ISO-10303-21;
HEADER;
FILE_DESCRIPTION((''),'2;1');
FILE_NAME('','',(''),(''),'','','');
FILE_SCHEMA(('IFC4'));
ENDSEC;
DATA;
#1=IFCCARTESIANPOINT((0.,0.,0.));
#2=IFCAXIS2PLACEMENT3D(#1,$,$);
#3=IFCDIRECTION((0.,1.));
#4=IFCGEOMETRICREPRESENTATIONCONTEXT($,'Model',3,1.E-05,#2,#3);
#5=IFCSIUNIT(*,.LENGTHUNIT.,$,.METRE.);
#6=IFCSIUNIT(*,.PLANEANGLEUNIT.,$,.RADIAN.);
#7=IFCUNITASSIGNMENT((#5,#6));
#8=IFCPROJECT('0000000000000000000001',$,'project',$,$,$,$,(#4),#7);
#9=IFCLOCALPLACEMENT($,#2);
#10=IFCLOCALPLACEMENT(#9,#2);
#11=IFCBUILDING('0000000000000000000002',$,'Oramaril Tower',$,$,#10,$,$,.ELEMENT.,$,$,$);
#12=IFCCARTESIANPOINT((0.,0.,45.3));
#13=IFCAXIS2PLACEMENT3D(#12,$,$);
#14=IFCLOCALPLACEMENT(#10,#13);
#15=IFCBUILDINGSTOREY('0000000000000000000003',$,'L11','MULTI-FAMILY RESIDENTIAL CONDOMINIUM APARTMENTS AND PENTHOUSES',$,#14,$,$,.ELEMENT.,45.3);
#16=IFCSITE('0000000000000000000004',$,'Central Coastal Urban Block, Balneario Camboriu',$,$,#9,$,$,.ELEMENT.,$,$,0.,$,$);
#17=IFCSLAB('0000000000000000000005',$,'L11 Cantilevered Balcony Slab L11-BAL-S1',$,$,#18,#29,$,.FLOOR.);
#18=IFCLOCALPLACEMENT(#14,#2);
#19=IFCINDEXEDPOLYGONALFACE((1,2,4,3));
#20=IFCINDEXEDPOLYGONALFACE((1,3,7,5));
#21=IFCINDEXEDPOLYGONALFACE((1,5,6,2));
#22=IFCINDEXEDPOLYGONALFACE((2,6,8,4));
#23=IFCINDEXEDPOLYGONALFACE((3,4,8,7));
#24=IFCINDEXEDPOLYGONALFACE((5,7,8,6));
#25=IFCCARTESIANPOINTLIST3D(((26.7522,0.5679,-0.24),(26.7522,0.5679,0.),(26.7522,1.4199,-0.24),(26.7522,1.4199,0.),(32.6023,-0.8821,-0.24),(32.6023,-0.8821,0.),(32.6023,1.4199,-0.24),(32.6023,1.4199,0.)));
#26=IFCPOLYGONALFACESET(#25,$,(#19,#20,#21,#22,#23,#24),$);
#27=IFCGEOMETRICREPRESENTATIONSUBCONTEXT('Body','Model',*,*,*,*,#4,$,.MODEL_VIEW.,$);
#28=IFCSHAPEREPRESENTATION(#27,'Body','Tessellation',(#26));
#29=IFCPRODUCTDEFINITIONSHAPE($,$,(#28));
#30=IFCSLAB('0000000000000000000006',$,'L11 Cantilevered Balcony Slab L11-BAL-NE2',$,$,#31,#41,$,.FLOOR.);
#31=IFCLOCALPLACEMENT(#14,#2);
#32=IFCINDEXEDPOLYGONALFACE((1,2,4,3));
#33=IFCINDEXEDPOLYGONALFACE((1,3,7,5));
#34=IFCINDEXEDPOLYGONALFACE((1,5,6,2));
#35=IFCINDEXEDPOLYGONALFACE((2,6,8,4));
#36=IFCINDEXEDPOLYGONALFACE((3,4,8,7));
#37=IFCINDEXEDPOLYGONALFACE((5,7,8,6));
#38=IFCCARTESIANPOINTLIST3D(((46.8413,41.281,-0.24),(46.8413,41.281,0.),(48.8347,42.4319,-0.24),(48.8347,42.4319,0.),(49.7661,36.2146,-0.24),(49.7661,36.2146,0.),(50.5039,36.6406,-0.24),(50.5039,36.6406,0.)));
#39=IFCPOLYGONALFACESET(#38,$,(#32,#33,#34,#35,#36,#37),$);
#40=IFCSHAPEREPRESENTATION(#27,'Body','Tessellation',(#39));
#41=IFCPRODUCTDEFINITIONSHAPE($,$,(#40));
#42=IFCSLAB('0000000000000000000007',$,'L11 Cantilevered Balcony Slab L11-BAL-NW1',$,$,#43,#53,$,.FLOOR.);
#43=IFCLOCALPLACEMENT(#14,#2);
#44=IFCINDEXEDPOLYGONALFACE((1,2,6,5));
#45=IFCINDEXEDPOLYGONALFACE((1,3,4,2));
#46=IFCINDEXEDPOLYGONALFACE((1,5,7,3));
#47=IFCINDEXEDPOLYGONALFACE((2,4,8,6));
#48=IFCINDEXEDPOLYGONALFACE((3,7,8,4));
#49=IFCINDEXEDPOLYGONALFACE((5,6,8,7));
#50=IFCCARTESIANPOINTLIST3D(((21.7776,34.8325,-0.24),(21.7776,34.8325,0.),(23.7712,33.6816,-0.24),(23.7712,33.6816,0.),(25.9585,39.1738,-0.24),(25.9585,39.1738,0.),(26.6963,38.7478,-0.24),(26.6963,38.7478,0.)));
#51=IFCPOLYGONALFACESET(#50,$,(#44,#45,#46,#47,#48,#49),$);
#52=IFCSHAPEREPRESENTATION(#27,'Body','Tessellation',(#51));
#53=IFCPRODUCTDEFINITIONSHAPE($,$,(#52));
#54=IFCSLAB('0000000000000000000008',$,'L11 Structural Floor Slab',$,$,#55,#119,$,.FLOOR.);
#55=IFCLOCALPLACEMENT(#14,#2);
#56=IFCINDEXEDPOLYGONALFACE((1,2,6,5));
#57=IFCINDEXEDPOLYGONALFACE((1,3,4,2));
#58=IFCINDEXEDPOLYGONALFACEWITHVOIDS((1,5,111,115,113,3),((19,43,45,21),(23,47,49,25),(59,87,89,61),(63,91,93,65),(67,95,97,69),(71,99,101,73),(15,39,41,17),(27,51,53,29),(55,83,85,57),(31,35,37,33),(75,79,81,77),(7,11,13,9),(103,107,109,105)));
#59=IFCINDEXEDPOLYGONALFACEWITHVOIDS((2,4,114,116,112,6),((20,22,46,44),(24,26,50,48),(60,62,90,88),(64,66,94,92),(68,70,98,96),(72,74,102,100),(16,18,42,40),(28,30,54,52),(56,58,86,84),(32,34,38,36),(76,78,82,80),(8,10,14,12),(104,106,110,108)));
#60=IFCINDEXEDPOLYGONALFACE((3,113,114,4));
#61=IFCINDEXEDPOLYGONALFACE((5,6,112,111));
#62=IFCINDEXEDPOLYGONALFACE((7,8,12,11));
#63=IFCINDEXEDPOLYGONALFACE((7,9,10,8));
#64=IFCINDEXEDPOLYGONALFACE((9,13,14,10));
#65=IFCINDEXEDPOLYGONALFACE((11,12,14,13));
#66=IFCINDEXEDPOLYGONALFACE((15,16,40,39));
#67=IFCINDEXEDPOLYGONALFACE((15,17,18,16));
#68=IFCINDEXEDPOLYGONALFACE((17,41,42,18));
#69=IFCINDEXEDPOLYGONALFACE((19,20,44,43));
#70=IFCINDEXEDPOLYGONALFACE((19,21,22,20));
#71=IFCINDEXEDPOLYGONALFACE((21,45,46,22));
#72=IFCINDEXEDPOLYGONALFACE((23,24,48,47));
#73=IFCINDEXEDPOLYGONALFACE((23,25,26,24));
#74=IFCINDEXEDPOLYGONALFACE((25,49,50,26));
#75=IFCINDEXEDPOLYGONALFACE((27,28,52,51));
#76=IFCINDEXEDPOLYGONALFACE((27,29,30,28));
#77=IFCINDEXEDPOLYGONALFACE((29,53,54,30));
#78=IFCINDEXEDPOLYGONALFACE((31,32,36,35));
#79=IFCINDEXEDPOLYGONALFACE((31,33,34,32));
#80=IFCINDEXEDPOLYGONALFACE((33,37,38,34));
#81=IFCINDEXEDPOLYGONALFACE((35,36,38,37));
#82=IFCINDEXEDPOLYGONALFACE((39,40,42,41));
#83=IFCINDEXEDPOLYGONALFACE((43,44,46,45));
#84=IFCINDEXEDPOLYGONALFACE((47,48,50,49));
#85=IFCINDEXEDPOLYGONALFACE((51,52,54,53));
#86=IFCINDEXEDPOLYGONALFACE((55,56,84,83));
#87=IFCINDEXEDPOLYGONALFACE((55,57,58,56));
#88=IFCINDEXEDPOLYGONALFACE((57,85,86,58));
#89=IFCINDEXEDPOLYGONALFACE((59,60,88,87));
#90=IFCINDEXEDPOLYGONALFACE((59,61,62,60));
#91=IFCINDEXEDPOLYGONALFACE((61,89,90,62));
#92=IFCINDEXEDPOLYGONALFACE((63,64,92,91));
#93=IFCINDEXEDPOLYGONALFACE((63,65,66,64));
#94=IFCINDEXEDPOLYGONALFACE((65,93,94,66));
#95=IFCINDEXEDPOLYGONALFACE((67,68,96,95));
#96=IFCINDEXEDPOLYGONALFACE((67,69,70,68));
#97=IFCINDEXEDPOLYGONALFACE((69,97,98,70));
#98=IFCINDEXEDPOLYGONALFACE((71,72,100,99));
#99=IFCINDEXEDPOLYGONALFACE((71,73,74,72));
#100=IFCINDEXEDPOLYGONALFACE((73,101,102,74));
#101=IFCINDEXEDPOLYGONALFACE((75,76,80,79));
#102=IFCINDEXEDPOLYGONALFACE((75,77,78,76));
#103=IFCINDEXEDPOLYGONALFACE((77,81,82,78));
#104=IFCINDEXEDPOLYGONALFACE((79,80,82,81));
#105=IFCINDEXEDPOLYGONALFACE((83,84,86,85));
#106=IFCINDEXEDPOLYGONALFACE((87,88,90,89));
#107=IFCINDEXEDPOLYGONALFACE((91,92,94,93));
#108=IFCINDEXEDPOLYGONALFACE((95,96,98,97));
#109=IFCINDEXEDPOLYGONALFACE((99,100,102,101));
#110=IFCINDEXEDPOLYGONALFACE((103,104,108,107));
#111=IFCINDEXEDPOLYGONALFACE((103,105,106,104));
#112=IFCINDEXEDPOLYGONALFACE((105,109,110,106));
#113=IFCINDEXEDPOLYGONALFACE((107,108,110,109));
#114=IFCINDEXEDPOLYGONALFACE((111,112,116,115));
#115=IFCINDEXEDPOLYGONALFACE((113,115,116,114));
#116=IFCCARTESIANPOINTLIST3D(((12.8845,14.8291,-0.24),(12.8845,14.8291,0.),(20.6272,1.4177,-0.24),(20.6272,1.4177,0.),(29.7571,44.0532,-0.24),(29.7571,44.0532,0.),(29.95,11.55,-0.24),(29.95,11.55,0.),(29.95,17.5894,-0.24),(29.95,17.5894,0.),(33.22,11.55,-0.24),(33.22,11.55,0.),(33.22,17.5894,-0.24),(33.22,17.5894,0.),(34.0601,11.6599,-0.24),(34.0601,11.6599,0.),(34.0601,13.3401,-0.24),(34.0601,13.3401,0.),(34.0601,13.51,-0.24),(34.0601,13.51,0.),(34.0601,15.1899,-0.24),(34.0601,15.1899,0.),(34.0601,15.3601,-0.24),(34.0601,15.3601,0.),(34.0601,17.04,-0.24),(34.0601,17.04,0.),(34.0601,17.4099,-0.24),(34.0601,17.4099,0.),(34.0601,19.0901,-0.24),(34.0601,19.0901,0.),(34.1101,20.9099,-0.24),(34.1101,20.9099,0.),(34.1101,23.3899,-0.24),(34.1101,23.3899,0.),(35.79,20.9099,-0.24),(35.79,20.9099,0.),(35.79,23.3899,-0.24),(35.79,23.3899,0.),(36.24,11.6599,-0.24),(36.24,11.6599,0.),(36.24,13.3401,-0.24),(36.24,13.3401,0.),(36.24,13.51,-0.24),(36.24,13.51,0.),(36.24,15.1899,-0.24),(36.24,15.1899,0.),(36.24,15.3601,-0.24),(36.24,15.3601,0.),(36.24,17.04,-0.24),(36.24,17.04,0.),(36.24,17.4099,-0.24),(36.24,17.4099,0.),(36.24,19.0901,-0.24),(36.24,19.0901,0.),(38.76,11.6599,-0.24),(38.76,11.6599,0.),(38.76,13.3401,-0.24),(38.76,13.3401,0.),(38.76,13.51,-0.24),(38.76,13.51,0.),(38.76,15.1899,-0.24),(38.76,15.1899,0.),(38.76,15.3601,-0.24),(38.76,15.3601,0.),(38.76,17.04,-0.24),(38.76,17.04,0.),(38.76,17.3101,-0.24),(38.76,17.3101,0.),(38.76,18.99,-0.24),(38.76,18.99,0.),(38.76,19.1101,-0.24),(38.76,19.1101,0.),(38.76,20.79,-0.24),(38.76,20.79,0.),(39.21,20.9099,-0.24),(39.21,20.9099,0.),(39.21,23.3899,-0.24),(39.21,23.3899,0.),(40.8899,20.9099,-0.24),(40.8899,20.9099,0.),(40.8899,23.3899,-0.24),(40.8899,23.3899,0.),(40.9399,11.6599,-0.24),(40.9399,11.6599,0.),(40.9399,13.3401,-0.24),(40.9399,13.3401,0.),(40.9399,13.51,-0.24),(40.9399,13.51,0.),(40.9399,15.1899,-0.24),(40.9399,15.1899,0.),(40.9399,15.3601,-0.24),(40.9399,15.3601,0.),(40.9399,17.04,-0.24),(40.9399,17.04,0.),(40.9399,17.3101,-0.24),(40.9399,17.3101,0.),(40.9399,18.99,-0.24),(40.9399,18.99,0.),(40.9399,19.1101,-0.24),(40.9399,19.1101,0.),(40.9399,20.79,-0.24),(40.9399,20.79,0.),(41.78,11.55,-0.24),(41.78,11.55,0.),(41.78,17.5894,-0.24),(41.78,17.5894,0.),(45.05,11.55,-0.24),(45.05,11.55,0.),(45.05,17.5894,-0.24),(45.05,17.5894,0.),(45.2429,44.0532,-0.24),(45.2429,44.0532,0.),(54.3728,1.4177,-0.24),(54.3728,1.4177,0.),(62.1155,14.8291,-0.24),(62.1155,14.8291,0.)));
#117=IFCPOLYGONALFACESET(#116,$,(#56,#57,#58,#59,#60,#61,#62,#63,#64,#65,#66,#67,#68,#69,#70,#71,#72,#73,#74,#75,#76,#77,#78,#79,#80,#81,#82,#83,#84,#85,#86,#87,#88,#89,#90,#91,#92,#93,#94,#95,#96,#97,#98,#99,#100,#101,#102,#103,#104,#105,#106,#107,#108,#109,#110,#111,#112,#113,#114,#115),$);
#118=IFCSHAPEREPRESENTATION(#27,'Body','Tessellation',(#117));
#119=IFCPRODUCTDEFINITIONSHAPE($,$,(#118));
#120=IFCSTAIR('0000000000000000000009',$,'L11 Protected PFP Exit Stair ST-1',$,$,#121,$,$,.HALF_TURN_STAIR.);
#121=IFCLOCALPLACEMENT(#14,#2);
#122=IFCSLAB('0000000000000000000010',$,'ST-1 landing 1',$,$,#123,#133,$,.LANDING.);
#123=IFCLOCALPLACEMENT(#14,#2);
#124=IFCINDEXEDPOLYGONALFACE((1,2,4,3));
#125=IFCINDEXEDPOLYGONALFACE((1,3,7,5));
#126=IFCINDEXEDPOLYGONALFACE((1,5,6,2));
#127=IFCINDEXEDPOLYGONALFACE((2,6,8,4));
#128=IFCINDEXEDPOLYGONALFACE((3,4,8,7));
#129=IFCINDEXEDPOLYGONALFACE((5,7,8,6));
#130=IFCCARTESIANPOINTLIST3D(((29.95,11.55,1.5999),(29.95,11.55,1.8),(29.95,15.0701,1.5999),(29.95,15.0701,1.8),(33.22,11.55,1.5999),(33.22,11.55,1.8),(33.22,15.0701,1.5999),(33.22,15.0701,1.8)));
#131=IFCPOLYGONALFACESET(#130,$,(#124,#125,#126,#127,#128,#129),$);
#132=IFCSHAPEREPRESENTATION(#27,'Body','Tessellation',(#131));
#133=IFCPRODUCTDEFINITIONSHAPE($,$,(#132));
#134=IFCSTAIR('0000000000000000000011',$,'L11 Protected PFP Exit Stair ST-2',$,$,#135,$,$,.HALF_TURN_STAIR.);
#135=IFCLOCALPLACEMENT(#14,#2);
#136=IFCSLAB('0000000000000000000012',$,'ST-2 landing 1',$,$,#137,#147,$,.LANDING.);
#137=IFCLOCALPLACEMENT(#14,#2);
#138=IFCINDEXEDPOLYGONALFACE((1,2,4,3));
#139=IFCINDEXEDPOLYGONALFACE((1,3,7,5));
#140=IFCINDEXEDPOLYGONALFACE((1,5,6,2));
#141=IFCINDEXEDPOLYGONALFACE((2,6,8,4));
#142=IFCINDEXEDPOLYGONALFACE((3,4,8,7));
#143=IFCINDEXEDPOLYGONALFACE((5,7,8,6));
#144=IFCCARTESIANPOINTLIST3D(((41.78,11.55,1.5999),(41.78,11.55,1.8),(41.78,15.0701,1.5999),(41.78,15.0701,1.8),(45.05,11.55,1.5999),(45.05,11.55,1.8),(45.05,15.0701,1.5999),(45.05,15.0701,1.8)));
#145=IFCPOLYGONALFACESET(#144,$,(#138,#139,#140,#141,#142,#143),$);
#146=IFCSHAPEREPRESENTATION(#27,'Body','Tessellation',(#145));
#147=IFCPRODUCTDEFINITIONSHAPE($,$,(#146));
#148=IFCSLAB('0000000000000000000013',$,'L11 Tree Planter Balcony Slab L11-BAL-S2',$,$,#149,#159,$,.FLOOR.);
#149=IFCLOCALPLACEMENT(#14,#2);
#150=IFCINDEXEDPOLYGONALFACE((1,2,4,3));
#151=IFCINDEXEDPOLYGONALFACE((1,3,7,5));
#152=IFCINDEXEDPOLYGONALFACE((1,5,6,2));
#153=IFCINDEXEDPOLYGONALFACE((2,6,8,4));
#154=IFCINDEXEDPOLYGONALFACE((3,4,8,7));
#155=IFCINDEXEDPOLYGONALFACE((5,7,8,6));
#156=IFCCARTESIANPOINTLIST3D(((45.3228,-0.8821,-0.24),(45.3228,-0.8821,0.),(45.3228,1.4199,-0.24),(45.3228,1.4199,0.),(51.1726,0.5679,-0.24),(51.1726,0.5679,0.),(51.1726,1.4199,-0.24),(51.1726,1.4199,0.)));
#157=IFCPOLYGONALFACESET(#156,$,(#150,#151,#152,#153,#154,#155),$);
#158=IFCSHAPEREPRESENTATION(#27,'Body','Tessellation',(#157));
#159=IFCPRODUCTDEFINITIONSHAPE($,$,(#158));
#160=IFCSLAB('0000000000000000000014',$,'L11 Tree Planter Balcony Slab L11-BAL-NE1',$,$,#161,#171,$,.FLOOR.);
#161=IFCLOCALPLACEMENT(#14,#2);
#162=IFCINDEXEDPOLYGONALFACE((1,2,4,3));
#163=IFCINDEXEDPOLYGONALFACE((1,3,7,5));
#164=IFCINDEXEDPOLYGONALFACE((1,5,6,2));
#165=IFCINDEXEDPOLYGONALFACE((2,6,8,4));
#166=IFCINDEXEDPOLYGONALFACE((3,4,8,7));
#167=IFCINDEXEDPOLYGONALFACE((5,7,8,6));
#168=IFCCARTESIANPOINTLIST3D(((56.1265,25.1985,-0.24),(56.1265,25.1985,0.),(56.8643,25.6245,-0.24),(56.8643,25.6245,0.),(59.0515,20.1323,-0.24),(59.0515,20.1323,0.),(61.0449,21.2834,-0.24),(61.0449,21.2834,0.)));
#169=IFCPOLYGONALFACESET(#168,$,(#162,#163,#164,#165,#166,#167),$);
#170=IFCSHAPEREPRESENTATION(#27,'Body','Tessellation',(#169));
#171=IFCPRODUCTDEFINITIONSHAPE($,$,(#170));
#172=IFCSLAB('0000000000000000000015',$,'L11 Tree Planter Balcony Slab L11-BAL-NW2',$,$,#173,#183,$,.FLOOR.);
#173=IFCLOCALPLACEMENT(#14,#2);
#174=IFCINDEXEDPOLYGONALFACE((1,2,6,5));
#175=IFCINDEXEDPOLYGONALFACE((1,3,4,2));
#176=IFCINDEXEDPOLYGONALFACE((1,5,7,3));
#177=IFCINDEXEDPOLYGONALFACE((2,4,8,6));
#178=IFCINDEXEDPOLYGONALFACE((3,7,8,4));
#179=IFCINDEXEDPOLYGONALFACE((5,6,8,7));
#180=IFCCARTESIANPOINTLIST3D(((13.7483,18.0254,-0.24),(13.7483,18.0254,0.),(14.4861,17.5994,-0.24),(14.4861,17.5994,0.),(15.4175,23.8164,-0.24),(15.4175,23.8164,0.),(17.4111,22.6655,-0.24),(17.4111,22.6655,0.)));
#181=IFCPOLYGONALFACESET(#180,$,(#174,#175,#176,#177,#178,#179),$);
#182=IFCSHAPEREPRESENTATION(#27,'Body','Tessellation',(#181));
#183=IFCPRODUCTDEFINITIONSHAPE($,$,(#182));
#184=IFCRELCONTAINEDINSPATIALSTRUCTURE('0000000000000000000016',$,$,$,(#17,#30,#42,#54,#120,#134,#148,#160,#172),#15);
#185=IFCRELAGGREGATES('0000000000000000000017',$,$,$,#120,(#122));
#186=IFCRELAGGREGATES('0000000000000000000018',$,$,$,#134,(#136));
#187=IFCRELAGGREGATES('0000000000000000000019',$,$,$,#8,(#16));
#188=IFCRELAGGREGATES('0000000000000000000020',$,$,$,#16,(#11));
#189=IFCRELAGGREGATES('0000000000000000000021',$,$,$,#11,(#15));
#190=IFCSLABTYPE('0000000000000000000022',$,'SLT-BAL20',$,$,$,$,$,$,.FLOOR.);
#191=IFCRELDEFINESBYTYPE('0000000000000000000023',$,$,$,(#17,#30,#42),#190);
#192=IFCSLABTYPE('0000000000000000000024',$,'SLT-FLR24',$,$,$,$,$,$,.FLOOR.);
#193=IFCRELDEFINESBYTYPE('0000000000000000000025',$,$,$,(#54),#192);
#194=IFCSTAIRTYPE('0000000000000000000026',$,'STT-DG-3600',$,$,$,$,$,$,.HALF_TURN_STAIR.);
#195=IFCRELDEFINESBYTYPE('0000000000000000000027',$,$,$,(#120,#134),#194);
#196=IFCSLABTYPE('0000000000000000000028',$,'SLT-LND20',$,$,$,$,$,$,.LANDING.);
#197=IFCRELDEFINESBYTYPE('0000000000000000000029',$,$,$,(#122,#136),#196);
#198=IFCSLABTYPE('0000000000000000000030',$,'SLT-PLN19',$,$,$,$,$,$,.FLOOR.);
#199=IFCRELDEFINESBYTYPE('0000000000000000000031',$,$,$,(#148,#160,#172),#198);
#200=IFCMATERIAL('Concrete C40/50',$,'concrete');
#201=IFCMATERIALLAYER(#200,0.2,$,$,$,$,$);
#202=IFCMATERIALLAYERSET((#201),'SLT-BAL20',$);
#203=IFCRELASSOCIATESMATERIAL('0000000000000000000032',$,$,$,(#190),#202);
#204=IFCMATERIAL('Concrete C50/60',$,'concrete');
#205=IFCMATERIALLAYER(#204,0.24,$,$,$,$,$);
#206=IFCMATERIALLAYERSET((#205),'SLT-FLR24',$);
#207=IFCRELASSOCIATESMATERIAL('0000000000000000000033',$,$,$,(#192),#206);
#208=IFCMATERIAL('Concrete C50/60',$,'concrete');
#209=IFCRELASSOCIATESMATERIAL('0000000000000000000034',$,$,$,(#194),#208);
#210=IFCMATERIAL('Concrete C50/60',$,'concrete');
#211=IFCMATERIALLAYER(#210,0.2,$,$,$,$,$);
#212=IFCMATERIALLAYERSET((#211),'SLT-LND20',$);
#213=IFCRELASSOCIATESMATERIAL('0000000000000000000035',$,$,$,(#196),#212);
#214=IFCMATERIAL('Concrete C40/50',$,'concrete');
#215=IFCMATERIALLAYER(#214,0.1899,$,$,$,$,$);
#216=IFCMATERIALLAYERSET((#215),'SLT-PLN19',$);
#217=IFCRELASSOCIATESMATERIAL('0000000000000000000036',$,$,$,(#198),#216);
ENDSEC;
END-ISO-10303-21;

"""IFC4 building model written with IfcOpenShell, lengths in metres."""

from ifc_helpers import new_model, si_unit, direction, frame, origin, place, context, subcontext, project, spatial, polyline, outline, extrude, material, layer, layer_set, type_object, element, aggregate, save


model = new_model("IFC4")

# Units and contexts
model_context = context("Model", 3, precision=1e-05, world=origin(), true_north=direction((0.0, 1.0)))
body_context = subcontext(model_context, "Body", "Model", "MODEL_VIEW")
ifc_project = project(units=[si_unit("LENGTHUNIT", "METRE"), si_unit("PLANEANGLEUNIT", "RADIAN")], contexts=[model_context])

# Site, building, storey
site_placement = place(None, origin())
site = spatial("IfcSite", under=ifc_project, at=site_placement, Name="Central Coastal Urban Block, Balneario Camboriu", CompositionType="ELEMENT", RefElevation=0.0)
building_placement = place(site_placement, origin())
building = spatial("IfcBuilding", under=site, at=building_placement, Name="Oramaril Tower", CompositionType="ELEMENT")
storey_placement = place(building_placement, frame((0.0, 0.0, 45.3)))
storey = spatial("IfcBuildingStorey", under=building, at=storey_placement, Name="L11", Description="MULTI-FAMILY RESIDENTIAL CONDOMINIUM APARTMENTS AND PENTHOUSES", CompositionType="ELEMENT", Elevation=45.3)

# Slabs
ifc_material_1 = material(Name="Concrete C40/50", Category="concrete")
ifc_layer_1 = layer(ifc_material_1, 0.2)
ifc_layer_set_1 = layer_set([ifc_layer_1], Name="SLT-BAL20")
slab_type_1 = type_object("IfcSlabType", Name="SLT-BAL20", PredefinedType="FLOOR", material=ifc_layer_set_1)
slab_1_placement = place(storey_placement, frame((0.0, 0.0, -0.24)))
element("IfcSlab", 1, at=slab_1_placement, inside=storey, type_object=slab_type_1, Name="L11 Cantilevered Balcony Slab L11-BAL-S1", PredefinedType="FLOOR", context=body_context, shape_type="SweptSolid", body=[
    extrude(outline(polyline([(26.7522, 1.4199), (32.6023, 1.4199), (32.6023, -0.8821), (26.7522, 0.5679), (26.7522, 1.4199)])), origin(), (0.0, 0.0, 1.0), 0.24),
])
slab_2_placement = place(storey_placement, frame((0.0, 0.0, -0.24)))
element("IfcSlab", 2, at=slab_2_placement, inside=storey, type_object=slab_type_1, Name="L11 Cantilevered Balcony Slab L11-BAL-NE2", PredefinedType="FLOOR", context=body_context, shape_type="SweptSolid", body=[
    extrude(outline(polyline([(49.7661, 36.2146), (46.8413, 41.281), (48.8347, 42.4319), (50.5039, 36.6406), (49.7661, 36.2146)])), origin(), (0.0, 0.0, 1.0), 0.24),
])
slab_3_placement = place(storey_placement, frame((0.0, 0.0, -0.24)))
element("IfcSlab", 3, at=slab_3_placement, inside=storey, type_object=slab_type_1, Name="L11 Cantilevered Balcony Slab L11-BAL-NW1", PredefinedType="FLOOR", context=body_context, shape_type="SweptSolid", body=[
    extrude(outline(polyline([(26.6963, 38.7478), (23.7712, 33.6816), (21.7776, 34.8325), (25.9585, 39.1738), (26.6963, 38.7478)])), origin(), (0.0, 0.0, 1.0), 0.24),
])
ifc_material_2 = material(Name="Concrete C50/60", Category="concrete")
ifc_layer_2 = layer(ifc_material_2, 0.24)
ifc_layer_set_2 = layer_set([ifc_layer_2], Name="SLT-FLR24")
slab_type_2 = type_object("IfcSlabType", Name="SLT-FLR24", PredefinedType="FLOOR", material=ifc_layer_set_2)
slab_4_placement = place(storey_placement, frame((0.0, 0.0, -0.24)))
element("IfcSlab", 4, at=slab_4_placement, inside=storey, type_object=slab_type_2, Name="L11 Structural Floor Slab", PredefinedType="FLOOR", context=body_context, shape_type="SweptSolid", body=[
    extrude(outline(polyline([(12.8845, 14.8291), (20.6272, 1.4177), (54.3728, 1.4177), (62.1155, 14.8291), (45.2429, 44.0532), (29.7571, 44.0532), (12.8845, 14.8291)]), holes=[polyline([(29.95, 17.5894), (29.95, 11.55), (33.22, 11.55), (33.22, 17.5894), (29.95, 17.5894)]), polyline([(41.78, 17.5894), (41.78, 11.55), (45.05, 11.55), (45.05, 17.5894), (41.78, 17.5894)]), polyline([(34.1101, 20.9099), (35.79, 20.9099), (35.79, 23.3899), (34.1101, 23.3899), (34.1101, 20.9099)]), polyline([(39.21, 20.9099), (40.8899, 20.9099), (40.8899, 23.3899), (39.21, 23.3899), (39.21, 20.9099)]), polyline([(34.0601, 11.6599), (36.24, 11.6599), (36.24, 13.3401), (34.0601, 13.3401), (34.0601, 11.6599)]), polyline([(34.0601, 13.51), (36.24, 13.51), (36.24, 15.1899), (34.0601, 15.1899), (34.0601, 13.51)]), polyline([(34.0601, 15.3601), (36.24, 15.3601), (36.24, 17.04), (34.0601, 17.04), (34.0601, 15.3601)]), polyline([(38.76, 11.6599), (40.9399, 11.6599), (40.9399, 13.3401), (38.76, 13.3401), (38.76, 11.6599)]), polyline([(38.76, 13.51), (40.9399, 13.51), (40.9399, 15.1899), (38.76, 15.1899), (38.76, 13.51)]), polyline([(38.76, 15.3601), (40.9399, 15.3601), (40.9399, 17.04), (38.76, 17.04), (38.76, 15.3601)]), polyline([(34.0601, 17.4099), (36.24, 17.4099), (36.24, 19.0901), (34.0601, 19.0901), (34.0601, 17.4099)]), polyline([(38.76, 17.3101), (40.9399, 17.3101), (40.9399, 18.99), (38.76, 18.99), (38.76, 17.3101)]), polyline([(38.76, 19.1101), (40.9399, 19.1101), (40.9399, 20.79), (38.76, 20.79), (38.76, 19.1101)])]), origin(), (0.0, 0.0, 1.0), 0.24),
])

# Stairs, slabs
ifc_material_3 = material(Name="Concrete C50/60", Category="concrete")
stair_type = type_object("IfcStairType", Name="STT-DG-3600", PredefinedType="HALF_TURN_STAIR", material=ifc_material_3)
stair_1_placement = place(storey_placement, origin())
stair_1 = element("IfcStair", 5, at=stair_1_placement, inside=storey, type_object=stair_type, Name="L11 Protected PFP Exit Stair ST-1", PredefinedType="HALF_TURN_STAIR")
ifc_material_4 = material(Name="Concrete C50/60", Category="concrete")
ifc_layer_3 = layer(ifc_material_4, 0.2)
ifc_layer_set_3 = layer_set([ifc_layer_3], Name="SLT-LND20")
slab_type_3 = type_object("IfcSlabType", Name="SLT-LND20", PredefinedType="LANDING", material=ifc_layer_set_3)
slab_5_placement = place(storey_placement, frame((0.0, 0.0, 1.5999)))
slab_5 = element("IfcSlab", 6, at=slab_5_placement, type_object=slab_type_3, Name="ST-1 landing 1", PredefinedType="LANDING", context=body_context, shape_type="SweptSolid", body=[
    extrude(outline(polyline([(29.95, 15.0701), (29.95, 11.55), (33.22, 11.55), (33.22, 15.0701), (29.95, 15.0701)])), origin(), (0.0, 0.0, 1.0), 0.2002),
])
aggregate(stair_1, [slab_5])
stair_2_placement = place(storey_placement, origin())
stair_2 = element("IfcStair", 7, at=stair_2_placement, inside=storey, type_object=stair_type, Name="L11 Protected PFP Exit Stair ST-2", PredefinedType="HALF_TURN_STAIR")
slab_6_placement = place(storey_placement, frame((0.0, 0.0, 1.5999)))
slab_6 = element("IfcSlab", 8, at=slab_6_placement, type_object=slab_type_3, Name="ST-2 landing 1", PredefinedType="LANDING", context=body_context, shape_type="SweptSolid", body=[
    extrude(outline(polyline([(41.78, 15.0701), (41.78, 11.55), (45.05, 11.55), (45.05, 15.0701), (41.78, 15.0701)])), origin(), (0.0, 0.0, 1.0), 0.2002),
])
aggregate(stair_2, [slab_6])

# Slabs
ifc_material_5 = material(Name="Concrete C40/50", Category="concrete")
ifc_layer_4 = layer(ifc_material_5, 0.1899)
ifc_layer_set_4 = layer_set([ifc_layer_4], Name="SLT-PLN19")
slab_type_4 = type_object("IfcSlabType", Name="SLT-PLN19", PredefinedType="FLOOR", material=ifc_layer_set_4)
slab_7_placement = place(storey_placement, frame((0.0, 0.0, -0.24)))
element("IfcSlab", 9, at=slab_7_placement, inside=storey, type_object=slab_type_4, Name="L11 Tree Planter Balcony Slab L11-BAL-S2", PredefinedType="FLOOR", context=body_context, shape_type="SweptSolid", body=[
    extrude(outline(polyline([(45.3228, 1.4199), (51.1726, 1.4199), (51.1726, 0.5679), (45.3228, -0.8821), (45.3228, 1.4199)])), origin(), (0.0, 0.0, 1.0), 0.24),
])
slab_8_placement = place(storey_placement, frame((0.0, 0.0, -0.24)))
element("IfcSlab", 10, at=slab_8_placement, inside=storey, type_object=slab_type_4, Name="L11 Tree Planter Balcony Slab L11-BAL-NE1", PredefinedType="FLOOR", context=body_context, shape_type="SweptSolid", body=[
    extrude(outline(polyline([(59.0515, 20.1323), (56.1265, 25.1985), (56.8643, 25.6245), (61.0449, 21.2834), (59.0515, 20.1323)])), origin(), (0.0, 0.0, 1.0), 0.24),
])
slab_9_placement = place(storey_placement, frame((0.0, 0.0, -0.24)))
element("IfcSlab", 11, at=slab_9_placement, inside=storey, type_object=slab_type_4, Name="L11 Tree Planter Balcony Slab L11-BAL-NW2", PredefinedType="FLOOR", context=body_context, shape_type="SweptSolid", body=[
    extrude(outline(polyline([(17.4111, 22.6655), (14.4861, 17.5994), (13.7483, 18.0254), (15.4175, 23.8164), (17.4111, 22.6655)])), origin(), (0.0, 0.0, 1.0), 0.24),
])

save(model, "model.ifc")
